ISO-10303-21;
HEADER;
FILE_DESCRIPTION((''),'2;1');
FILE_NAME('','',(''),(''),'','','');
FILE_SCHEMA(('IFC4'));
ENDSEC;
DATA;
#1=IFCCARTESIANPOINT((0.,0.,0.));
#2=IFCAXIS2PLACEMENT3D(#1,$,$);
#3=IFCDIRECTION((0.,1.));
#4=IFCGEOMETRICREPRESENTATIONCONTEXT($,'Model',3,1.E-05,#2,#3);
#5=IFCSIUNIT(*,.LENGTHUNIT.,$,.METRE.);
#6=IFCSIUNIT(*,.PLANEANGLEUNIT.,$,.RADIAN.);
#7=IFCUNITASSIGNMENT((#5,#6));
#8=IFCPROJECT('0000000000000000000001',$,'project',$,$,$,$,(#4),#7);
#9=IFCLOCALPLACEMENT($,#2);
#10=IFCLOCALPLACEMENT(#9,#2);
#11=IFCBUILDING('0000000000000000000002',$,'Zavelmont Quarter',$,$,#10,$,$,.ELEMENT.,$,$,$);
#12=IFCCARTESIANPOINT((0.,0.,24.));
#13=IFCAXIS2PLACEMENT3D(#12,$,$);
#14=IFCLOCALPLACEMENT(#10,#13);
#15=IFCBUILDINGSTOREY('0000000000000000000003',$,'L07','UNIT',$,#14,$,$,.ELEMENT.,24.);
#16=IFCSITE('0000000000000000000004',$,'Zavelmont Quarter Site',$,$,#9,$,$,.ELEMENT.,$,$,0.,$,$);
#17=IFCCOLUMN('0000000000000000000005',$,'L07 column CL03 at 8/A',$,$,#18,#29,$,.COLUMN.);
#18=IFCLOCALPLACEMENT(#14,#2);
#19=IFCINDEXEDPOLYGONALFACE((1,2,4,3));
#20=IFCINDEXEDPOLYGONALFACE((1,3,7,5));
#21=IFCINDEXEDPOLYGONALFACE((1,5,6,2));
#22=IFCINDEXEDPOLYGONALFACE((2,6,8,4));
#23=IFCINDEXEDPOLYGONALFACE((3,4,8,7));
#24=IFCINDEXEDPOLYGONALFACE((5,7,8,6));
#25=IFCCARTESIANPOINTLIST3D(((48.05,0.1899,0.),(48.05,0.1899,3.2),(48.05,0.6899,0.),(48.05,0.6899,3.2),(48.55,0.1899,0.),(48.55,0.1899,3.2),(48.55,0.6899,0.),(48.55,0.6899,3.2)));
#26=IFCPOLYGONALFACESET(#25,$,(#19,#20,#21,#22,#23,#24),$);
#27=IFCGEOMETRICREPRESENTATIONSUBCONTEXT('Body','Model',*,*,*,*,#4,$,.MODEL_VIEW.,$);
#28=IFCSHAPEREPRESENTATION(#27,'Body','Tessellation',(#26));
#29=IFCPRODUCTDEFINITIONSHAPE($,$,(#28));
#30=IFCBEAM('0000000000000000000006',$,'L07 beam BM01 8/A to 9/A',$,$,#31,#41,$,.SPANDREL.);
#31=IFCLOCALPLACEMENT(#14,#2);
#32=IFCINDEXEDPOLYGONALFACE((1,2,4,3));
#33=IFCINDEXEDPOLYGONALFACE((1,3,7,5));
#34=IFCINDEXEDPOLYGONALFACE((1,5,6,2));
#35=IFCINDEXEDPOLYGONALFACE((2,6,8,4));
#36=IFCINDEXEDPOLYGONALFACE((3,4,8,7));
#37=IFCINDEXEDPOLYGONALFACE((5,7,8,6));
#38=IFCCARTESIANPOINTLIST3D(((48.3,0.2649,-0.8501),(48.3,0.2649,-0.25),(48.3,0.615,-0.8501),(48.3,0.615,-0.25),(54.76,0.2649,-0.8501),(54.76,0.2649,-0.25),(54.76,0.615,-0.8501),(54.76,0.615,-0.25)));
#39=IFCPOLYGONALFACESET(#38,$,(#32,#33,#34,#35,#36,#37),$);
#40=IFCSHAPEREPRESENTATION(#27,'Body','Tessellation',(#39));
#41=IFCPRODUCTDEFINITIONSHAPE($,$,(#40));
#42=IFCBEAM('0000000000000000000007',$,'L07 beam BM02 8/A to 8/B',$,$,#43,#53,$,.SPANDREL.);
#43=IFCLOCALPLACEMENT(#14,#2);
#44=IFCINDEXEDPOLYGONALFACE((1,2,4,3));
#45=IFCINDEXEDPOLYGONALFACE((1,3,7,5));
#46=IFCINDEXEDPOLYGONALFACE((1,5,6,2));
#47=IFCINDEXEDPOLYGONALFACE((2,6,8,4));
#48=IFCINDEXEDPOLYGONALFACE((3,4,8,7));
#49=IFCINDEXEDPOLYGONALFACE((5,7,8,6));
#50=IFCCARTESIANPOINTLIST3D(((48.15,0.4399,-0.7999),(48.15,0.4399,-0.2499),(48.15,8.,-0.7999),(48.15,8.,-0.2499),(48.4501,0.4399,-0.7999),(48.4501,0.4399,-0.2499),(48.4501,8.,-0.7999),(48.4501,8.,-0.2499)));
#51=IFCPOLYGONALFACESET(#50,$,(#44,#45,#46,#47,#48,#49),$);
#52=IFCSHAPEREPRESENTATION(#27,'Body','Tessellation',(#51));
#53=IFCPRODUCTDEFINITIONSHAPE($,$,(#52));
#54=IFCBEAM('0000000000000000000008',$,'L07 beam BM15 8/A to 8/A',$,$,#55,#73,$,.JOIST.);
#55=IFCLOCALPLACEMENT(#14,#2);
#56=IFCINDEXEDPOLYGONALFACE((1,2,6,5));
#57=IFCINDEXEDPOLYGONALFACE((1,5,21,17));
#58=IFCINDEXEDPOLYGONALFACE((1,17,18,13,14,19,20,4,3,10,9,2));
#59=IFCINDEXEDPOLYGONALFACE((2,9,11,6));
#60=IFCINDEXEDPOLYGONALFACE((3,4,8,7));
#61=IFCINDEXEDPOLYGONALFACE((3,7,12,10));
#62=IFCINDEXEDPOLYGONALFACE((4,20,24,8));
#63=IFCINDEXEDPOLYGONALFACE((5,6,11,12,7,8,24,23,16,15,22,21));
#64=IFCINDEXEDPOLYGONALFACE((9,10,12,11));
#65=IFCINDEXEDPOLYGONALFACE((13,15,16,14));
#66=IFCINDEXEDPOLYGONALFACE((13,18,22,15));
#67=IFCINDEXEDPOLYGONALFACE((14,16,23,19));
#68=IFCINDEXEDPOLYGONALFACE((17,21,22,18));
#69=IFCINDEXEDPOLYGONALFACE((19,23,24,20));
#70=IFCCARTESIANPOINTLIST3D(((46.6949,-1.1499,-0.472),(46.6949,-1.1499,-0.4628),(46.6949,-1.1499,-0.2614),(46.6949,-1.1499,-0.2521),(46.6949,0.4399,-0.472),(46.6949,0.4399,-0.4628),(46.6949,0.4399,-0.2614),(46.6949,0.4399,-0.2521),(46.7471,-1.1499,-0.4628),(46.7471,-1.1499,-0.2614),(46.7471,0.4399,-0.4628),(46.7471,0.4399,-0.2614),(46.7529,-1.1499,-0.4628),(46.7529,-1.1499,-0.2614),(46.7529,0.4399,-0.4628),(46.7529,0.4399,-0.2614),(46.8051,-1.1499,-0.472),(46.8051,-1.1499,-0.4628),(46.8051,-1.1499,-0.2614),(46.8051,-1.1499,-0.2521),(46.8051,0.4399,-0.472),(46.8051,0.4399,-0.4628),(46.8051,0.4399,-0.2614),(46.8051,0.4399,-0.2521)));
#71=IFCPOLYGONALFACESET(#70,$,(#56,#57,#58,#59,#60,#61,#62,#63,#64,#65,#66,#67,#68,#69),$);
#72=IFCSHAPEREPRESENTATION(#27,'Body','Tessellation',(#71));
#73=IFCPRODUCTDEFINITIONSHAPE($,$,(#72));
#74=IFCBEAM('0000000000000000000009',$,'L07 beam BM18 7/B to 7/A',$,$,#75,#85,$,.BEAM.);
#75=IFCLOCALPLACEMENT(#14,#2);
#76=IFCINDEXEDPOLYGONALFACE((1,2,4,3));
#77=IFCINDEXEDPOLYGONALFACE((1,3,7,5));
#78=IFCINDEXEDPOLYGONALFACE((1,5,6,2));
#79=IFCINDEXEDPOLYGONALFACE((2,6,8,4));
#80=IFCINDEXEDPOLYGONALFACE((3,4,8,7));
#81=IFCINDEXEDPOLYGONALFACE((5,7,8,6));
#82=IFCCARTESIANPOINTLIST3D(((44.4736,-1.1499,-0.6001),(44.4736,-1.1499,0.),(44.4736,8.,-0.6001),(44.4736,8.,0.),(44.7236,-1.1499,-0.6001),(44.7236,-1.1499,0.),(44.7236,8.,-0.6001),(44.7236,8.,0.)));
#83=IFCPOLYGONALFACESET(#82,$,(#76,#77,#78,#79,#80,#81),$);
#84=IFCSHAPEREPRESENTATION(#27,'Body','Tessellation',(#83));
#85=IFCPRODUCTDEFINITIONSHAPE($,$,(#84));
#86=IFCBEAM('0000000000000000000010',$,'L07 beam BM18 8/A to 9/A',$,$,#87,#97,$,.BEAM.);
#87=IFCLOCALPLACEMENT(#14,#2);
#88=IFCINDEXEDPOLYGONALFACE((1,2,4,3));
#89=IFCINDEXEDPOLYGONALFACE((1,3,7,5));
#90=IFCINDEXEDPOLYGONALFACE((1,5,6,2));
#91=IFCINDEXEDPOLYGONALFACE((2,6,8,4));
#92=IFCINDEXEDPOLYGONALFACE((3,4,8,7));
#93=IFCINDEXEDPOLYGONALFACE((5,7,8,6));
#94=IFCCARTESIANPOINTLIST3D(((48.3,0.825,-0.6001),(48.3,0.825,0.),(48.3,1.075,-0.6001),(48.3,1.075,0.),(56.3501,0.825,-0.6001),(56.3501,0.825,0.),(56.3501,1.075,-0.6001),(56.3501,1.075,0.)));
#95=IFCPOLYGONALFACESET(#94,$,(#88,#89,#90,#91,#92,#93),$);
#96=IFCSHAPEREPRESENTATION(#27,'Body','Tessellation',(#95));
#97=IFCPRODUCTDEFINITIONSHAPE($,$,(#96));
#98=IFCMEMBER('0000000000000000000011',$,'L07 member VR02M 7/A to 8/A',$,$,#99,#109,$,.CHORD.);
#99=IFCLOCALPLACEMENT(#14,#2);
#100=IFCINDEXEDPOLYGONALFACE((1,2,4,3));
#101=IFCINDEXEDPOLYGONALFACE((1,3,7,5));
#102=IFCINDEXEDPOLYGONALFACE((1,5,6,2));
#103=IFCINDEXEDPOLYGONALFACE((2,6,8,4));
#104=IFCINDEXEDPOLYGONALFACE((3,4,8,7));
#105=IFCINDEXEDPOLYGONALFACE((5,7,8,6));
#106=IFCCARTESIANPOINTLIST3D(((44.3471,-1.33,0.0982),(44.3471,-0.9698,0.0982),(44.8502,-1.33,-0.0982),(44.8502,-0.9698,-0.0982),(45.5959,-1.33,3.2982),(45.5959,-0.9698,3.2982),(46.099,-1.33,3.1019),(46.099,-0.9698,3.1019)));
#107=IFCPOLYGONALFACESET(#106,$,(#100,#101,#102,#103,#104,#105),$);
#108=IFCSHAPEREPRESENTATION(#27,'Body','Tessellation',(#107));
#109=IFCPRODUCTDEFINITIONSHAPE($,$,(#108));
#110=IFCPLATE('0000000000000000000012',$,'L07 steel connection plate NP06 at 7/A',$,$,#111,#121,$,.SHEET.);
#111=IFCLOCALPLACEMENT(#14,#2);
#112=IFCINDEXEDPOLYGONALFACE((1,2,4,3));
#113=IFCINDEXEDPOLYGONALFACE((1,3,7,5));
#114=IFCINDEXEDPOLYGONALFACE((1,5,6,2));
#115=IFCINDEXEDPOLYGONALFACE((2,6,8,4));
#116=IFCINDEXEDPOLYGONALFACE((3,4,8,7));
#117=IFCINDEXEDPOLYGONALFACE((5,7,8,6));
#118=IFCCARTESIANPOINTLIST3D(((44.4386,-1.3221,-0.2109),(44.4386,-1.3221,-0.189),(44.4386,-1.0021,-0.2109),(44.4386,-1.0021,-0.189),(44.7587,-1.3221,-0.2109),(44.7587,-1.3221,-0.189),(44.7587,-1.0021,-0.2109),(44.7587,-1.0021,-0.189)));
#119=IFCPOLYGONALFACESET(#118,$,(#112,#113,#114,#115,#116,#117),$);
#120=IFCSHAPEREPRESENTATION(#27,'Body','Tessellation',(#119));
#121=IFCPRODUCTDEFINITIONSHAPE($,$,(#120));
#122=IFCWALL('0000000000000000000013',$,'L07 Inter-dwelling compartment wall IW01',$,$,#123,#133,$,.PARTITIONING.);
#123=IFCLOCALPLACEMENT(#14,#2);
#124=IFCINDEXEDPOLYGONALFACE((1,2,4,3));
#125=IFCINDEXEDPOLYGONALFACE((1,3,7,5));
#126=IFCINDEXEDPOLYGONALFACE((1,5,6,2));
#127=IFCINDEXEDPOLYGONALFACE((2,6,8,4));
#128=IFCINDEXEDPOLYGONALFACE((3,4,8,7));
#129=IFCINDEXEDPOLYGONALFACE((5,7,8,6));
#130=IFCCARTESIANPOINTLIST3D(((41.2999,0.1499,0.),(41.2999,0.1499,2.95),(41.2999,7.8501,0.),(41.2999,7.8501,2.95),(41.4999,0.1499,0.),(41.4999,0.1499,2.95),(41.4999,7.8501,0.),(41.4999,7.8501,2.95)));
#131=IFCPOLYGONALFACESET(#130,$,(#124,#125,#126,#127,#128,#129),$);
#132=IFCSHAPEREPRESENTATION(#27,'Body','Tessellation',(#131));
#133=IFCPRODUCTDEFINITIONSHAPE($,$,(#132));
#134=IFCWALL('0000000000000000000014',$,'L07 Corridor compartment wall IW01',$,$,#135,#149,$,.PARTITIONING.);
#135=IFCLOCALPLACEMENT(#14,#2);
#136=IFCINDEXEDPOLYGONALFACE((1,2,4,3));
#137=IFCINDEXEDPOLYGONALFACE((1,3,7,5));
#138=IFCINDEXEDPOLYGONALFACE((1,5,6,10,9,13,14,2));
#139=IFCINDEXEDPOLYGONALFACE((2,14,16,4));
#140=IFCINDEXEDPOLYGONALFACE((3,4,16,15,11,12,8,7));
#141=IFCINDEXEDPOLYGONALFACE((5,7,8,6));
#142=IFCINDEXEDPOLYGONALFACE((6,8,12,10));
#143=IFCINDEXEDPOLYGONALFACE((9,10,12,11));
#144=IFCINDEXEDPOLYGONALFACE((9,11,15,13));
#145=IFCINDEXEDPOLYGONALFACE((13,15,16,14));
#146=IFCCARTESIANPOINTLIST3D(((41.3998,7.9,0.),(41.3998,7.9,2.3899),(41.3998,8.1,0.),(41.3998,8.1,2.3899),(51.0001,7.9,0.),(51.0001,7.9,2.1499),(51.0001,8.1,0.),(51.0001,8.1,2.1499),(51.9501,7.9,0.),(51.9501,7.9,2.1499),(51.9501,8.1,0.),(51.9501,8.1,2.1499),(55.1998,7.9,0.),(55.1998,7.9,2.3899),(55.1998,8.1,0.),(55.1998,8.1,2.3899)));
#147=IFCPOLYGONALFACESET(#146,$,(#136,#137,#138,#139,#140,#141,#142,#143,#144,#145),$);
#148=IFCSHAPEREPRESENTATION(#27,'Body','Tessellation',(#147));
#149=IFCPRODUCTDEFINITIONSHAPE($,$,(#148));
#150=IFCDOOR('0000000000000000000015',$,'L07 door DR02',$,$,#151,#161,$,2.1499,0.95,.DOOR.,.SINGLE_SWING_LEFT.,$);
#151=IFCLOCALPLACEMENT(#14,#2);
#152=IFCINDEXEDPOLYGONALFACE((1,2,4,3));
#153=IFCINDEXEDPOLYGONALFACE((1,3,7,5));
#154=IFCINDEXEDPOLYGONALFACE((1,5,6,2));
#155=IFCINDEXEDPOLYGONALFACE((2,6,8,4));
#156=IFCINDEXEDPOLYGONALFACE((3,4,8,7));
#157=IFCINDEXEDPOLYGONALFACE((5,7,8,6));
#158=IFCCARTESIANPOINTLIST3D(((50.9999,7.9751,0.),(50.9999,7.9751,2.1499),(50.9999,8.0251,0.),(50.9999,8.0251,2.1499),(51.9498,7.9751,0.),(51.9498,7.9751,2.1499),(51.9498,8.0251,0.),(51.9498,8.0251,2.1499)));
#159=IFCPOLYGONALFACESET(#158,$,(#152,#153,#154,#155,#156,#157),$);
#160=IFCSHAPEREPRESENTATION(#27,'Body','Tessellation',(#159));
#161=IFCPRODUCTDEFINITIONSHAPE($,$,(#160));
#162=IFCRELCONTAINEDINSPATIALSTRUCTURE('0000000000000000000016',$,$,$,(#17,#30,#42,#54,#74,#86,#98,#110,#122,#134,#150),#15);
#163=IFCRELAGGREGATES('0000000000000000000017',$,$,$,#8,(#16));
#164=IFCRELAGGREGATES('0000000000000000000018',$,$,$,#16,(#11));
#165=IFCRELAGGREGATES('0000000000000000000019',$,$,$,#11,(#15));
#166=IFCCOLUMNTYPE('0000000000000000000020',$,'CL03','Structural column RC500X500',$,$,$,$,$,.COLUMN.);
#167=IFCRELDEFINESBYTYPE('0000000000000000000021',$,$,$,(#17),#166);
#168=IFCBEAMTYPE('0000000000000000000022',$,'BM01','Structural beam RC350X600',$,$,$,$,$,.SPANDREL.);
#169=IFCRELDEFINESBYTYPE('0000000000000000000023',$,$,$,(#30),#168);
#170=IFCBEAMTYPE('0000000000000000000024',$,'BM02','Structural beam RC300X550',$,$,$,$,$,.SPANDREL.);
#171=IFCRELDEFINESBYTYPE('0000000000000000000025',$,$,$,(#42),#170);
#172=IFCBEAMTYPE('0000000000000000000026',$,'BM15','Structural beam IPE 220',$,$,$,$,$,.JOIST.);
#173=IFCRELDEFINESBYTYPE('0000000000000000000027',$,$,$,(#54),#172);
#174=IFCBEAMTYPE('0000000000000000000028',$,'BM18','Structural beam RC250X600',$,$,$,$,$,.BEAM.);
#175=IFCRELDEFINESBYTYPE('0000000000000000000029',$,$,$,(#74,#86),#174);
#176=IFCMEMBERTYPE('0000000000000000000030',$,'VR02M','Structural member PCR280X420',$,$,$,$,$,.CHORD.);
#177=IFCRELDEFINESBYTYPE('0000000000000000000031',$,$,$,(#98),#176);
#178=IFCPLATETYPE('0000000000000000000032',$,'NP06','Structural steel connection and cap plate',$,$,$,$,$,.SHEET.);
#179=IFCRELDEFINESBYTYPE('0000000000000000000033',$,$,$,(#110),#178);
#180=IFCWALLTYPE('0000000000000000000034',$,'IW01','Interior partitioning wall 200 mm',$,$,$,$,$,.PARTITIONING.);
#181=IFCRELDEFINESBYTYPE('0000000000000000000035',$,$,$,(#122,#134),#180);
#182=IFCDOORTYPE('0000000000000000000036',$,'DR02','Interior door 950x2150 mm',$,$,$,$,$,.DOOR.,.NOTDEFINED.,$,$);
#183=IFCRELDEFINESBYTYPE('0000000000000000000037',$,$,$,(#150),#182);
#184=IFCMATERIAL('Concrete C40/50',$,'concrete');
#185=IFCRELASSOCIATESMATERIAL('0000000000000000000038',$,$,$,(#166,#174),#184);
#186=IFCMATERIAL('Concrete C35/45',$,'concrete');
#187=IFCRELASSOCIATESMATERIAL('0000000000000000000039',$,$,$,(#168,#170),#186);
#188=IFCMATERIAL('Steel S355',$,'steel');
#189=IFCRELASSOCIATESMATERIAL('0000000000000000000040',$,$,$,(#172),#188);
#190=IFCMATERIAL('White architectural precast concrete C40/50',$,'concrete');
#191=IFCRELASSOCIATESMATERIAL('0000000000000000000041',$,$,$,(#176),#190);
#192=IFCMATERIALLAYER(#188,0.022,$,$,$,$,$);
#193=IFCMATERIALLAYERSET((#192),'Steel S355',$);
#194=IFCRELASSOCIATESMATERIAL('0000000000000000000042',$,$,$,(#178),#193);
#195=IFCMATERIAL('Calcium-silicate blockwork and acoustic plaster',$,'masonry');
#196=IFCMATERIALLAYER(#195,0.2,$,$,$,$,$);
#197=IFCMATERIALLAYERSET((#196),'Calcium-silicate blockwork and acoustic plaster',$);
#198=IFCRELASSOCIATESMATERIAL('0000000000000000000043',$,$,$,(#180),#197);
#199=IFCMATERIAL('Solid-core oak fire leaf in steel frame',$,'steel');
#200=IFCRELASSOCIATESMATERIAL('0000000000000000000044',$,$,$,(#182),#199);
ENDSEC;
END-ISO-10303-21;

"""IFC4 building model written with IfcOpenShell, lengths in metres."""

from ifc_helpers import new_model, si_unit, direction, frame, frame_2d, origin, origin_2d, place, context, subcontext, project, spatial, rectangle, i_section, extrude, material, layer, layer_set, material_profile, profile_set, type_object, element, fill, save


model = new_model("IFC4")

# Units and contexts
model_context = context("Model", 3, precision=1e-05, world=origin(), true_north=direction((0.0, 1.0)))
body_context = subcontext(model_context, "Body", "Model", "MODEL_VIEW")
ifc_project = project(units=[si_unit("LENGTHUNIT", "METRE"), si_unit("PLANEANGLEUNIT", "RADIAN")], contexts=[model_context])

# Site, building, storey
site_placement = place(None, origin())
site = spatial("IfcSite", under=ifc_project, at=site_placement, Name="Zavelmont Quarter Site", CompositionType="ELEMENT", RefElevation=0.0)
building_placement = place(site_placement, origin())
building = spatial("IfcBuilding", under=site, at=building_placement, Name="Zavelmont Quarter", CompositionType="ELEMENT")
storey_placement = place(building_placement, frame((0.0, 0.0, 24.0)))
storey = spatial("IfcBuildingStorey", under=building, at=storey_placement, Name="L07", Description="UNIT", CompositionType="ELEMENT", Elevation=24.0)

# Column
ifc_material_1 = material(Name="Concrete C40/50", Category="concrete")
ifc_material_profile_1 = material_profile(ifc_material_1, rectangle(XDim=0.5, YDim=0.5, at=origin_2d()), Name="RC500X500")
ifc_profile_set_1 = profile_set([ifc_material_profile_1], Name="Concrete C40/50")
column_type = type_object("IfcColumnType", Name="CL03", Description="Structural column RC500X500", PredefinedType="COLUMN", material=ifc_profile_set_1)
column_placement = place(storey_placement, frame((48.3, 0.4399, 0.0), z_axis=(0.0, 0.0, 1.0), x_axis=(1.0, 0.0, 0.0)))
element("IfcColumn", 1, at=column_placement, inside=storey, type_object=column_type, Name="L07 column CL03 at 8/A", PredefinedType="COLUMN", context=body_context, shape_type="SweptSolid", body=[
    extrude(rectangle(XDim=0.5, YDim=0.5, at=origin_2d()), origin(), (0.0, 0.0, 1.0), 3.2),
])

# Beams
ifc_material_2 = material(Name="Concrete C35/45", Category="concrete")
ifc_material_profile_2 = material_profile(ifc_material_2, rectangle(XDim=0.3501, YDim=0.6001, at=origin_2d()), Name="RC350X600")
ifc_profile_set_2 = profile_set([ifc_material_profile_2], Name="Concrete C35/45")
beam_type_1 = type_object("IfcBeamType", Name="BM01", Description="Structural beam RC350X600", PredefinedType="SPANDREL", material=ifc_profile_set_2)
beam_1_placement = place(storey_placement, frame((48.3, 0.4399, -0.55), z_axis=(1.0, 0.0, 0.0), x_axis=(0.0, 1.0, 0.0)))
element("IfcBeam", 2, at=beam_1_placement, inside=storey, type_object=beam_type_1, Name="L07 beam BM01 8/A to 9/A", PredefinedType="SPANDREL", context=body_context, shape_type="SweptSolid", body=[
    extrude(rectangle(XDim=0.3501, YDim=0.6001, at=origin_2d()), origin(), (0.0, 0.0, 1.0), 6.46),
])
ifc_material_profile_3 = material_profile(ifc_material_2, rectangle(XDim=0.3, YDim=0.55, at=origin_2d()), Name="RC300X550")
ifc_profile_set_3 = profile_set([ifc_material_profile_3], Name="Concrete C35/45")
beam_type_2 = type_object("IfcBeamType", Name="BM02", Description="Structural beam RC300X550", PredefinedType="SPANDREL", material=ifc_profile_set_3)
beam_2_placement = place(storey_placement, frame((48.3, 0.4399, -0.5249), z_axis=(0.0, 1.0, 0.0), x_axis=(-1.0, 0.0, 0.0)))
element("IfcBeam", 3, at=beam_2_placement, inside=storey, type_object=beam_type_2, Name="L07 beam BM02 8/A to 8/B", PredefinedType="SPANDREL", context=body_context, shape_type="SweptSolid", body=[
    extrude(rectangle(XDim=0.3, YDim=0.55, at=origin_2d()), origin(), (0.0, 0.0, 1.0), 7.5601),
])
ifc_material_3 = material(Name="Steel S355", Category="steel")
ifc_material_profile_4 = material_profile(ifc_material_3, i_section(OverallWidth=0.1101, OverallDepth=0.22, WebThickness=0.0059, FlangeThickness=0.0093, at=origin_2d()), Name="IPE 220")
ifc_profile_set_4 = profile_set([ifc_material_profile_4], Name="Steel S355")
beam_type_3 = type_object("IfcBeamType", Name="BM15", Description="Structural beam IPE 220", PredefinedType="JOIST", material=ifc_profile_set_4)
beam_3_placement = place(storey_placement, frame((46.75, 0.4399, -0.3621), z_axis=(0.0, -1.0, 0.0), x_axis=(1.0, 0.0, 0.0)))
element("IfcBeam", 4, at=beam_3_placement, inside=storey, type_object=beam_type_3, Name="L07 beam BM15 8/A to 8/A", PredefinedType="JOIST", context=body_context, shape_type="SweptSolid", body=[
    extrude(i_section(OverallWidth=0.1101, OverallDepth=0.22, WebThickness=0.0059, FlangeThickness=0.0093, at=origin_2d()), origin(), (0.0, 0.0, 1.0), 1.5898),
])
ifc_material_profile_5 = material_profile(ifc_material_1, rectangle(XDim=0.25, YDim=0.6001, at=origin_2d()), Name="RC250X600")
ifc_profile_set_5 = profile_set([ifc_material_profile_5], Name="Concrete C40/50")
beam_type_4 = type_object("IfcBeamType", Name="BM18", Description="Structural beam RC250X600", PredefinedType="BEAM", material=ifc_profile_set_5)
beam_4_placement = place(storey_placement, frame((44.5986, 8.0, -0.3), z_axis=(0.0, -1.0, 0.0), x_axis=(1.0, 0.0, 0.0)))
element("IfcBeam", 5, at=beam_4_placement, inside=storey, type_object=beam_type_4, Name="L07 beam BM18 7/B to 7/A", PredefinedType="BEAM", context=body_context, shape_type="SweptSolid", body=[
    extrude(rectangle(XDim=0.25, YDim=0.6001, at=origin_2d()), origin(), (0.0, 0.0, 1.0), 9.1499),
])
beam_5_placement = place(storey_placement, frame((48.3, 0.95, -0.3), z_axis=(1.0, 0.0, 0.0), x_axis=(0.0, 1.0, 0.0)))
element("IfcBeam", 6, at=beam_5_placement, inside=storey, type_object=beam_type_4, Name="L07 beam BM18 8/A to 9/A", PredefinedType="BEAM", context=body_context, shape_type="SweptSolid", body=[
    extrude(rectangle(XDim=0.25, YDim=0.6001, at=origin_2d()), origin(), (0.0, 0.0, 1.0), 8.05),
])

# Member
ifc_material_4 = material(Name="White architectural precast concrete C40/50", Category="concrete")
ifc_material_profile_6 = material_profile(ifc_material_4, rectangle(XDim=0.3601, YDim=0.54, at=origin_2d()), Name="PCR280X420")
ifc_profile_set_6 = profile_set([ifc_material_profile_6], Name="White architectural precast concrete C40/50")
member_type = type_object("IfcMemberType", Name="VR02M", Description="Structural member PCR280X420", PredefinedType="CHORD", material=ifc_profile_set_6)
member_placement = place(storey_placement, frame((44.5986, -1.1499, 0.0), z_axis=(0.363547, 0.0, 0.931576), x_axis=(0.0, 1.0, 0.0)))
element("IfcMember", 7, at=member_placement, inside=storey, type_object=member_type, Name="L07 member VR02M 7/A to 8/A", PredefinedType="CHORD", context=body_context, shape_type="SweptSolid", body=[
    extrude(rectangle(XDim=0.3601, YDim=0.54, at=origin_2d()), origin(), (0.0, 0.0, 1.0), 3.4351),
])

# Plate
ifc_layer_1 = layer(ifc_material_3, 0.022)
ifc_layer_set_1 = layer_set([ifc_layer_1], Name="Steel S355")
plate_type = type_object("IfcPlateType", Name="NP06", Description="Structural steel connection and cap plate", PredefinedType="SHEET", material=ifc_layer_set_1)
plate_placement = place(storey_placement, frame((44.5986, -1.1621, -0.2109), z_axis=(0.0, 0.0, 1.0), x_axis=(1.0, 0.0, 0.0)))
element("IfcPlate", 8, at=plate_placement, inside=storey, type_object=plate_type, Name="L07 steel connection plate NP06 at 7/A", PredefinedType="SHEET", context=body_context, shape_type="SweptSolid", body=[
    extrude(rectangle(XDim=0.3201, YDim=0.3201, at=origin_2d()), origin(), (0.0, 0.0, 1.0), 0.022),
])

# Wall
ifc_material_5 = material(Name="Calcium-silicate blockwork and acoustic plaster", Category="masonry")
ifc_layer_2 = layer(ifc_material_5, 0.2)
ifc_layer_set_2 = layer_set([ifc_layer_2], Name="Calcium-silicate blockwork and acoustic plaster")
wall_type_1 = type_object("IfcWallType", Name="IW01", Description="Interior partitioning wall 200 mm", PredefinedType="PARTITIONING", material=ifc_layer_set_2)
wall_1_placement = place(storey_placement, frame((41.3999, 7.8501, 0.0), z_axis=(0.0, 0.0, 1.0), x_axis=(0.0, -1.0, 0.0)))
element("IfcWall", 9, at=wall_1_placement, inside=storey, type_object=wall_type_1, Name="L07 Inter-dwelling compartment wall IW01", PredefinedType="PARTITIONING", context=body_context, shape_type="SweptSolid", body=[
    extrude(rectangle(XDim=7.7002, YDim=0.2, at=frame_2d((3.8501, 0.0))), origin(), (0.0, 0.0, 1.0), 2.95),
])

# Wall, opening, door
wall_2_placement = place(storey_placement, frame((41.3999, 8.0, 0.0), z_axis=(0.0, 0.0, 1.0), x_axis=(1.0, 0.0, 0.0)))
wall_2 = element("IfcWall", 10, at=wall_2_placement, inside=storey, type_object=wall_type_1, Name="L07 Corridor compartment wall IW01", PredefinedType="PARTITIONING", context=body_context, shape_type="SweptSolid", body=[
    extrude(rectangle(XDim=13.8, YDim=0.2, at=frame_2d((6.8999, 0.0))), origin(), (0.0, 0.0, 1.0), 2.3899),
])
opening_1_placement = place(wall_2_placement, frame((9.6001, 0.0, 0.0)))
opening_1 = element("IfcOpeningElement", 11, at=opening_1_placement, cuts=wall_2, PredefinedType="OPENING", context=body_context, shape_type="SweptSolid", body=[
    extrude(rectangle(XDim=0.95, YDim=2.1499, at=frame_2d((0.4751, 1.075))), frame((0.0, 0.1118, 0.0), z_axis=(0.0, -1.0, 0.0), x_axis=(1.0, 0.0, 0.0)), (0.0, 0.0, 1.0), 0.2239),
])
ifc_material_6 = material(Name="Solid-core oak fire leaf in steel frame", Category="steel")
door_type_1 = type_object("IfcDoorType", Name="DR02", Description="Interior door 950x2150 mm", OperationType="NOTDEFINED", PredefinedType="DOOR", material=ifc_material_6)
door_1_placement = place(opening_1_placement, frame((0.95, 0.0, 0.0), z_axis=(0.0, 0.0, 1.0), x_axis=(-1.0, 0.0, 0.0)))
door_1 = element("IfcDoor", 12, at=door_1_placement, inside=storey, type_object=door_type_1, Name="L07 door DR02", OperationType="SINGLE_SWING_LEFT", OverallHeight=2.1499, OverallWidth=0.95, PredefinedType="DOOR", context=body_context, shape_type="SweptSolid", body=[
    extrude(rectangle(XDim=0.95, YDim=2.1499, at=frame_2d((0.4751, 1.075))), frame((0.0, 0.0249, 0.0), z_axis=(0.0, -1.0, 0.0), x_axis=(1.0, 0.0, 0.0)), (0.0, 0.0, 1.0), 0.05),
])
fill(opening_1, door_1)

save(model, "model.ifc")
